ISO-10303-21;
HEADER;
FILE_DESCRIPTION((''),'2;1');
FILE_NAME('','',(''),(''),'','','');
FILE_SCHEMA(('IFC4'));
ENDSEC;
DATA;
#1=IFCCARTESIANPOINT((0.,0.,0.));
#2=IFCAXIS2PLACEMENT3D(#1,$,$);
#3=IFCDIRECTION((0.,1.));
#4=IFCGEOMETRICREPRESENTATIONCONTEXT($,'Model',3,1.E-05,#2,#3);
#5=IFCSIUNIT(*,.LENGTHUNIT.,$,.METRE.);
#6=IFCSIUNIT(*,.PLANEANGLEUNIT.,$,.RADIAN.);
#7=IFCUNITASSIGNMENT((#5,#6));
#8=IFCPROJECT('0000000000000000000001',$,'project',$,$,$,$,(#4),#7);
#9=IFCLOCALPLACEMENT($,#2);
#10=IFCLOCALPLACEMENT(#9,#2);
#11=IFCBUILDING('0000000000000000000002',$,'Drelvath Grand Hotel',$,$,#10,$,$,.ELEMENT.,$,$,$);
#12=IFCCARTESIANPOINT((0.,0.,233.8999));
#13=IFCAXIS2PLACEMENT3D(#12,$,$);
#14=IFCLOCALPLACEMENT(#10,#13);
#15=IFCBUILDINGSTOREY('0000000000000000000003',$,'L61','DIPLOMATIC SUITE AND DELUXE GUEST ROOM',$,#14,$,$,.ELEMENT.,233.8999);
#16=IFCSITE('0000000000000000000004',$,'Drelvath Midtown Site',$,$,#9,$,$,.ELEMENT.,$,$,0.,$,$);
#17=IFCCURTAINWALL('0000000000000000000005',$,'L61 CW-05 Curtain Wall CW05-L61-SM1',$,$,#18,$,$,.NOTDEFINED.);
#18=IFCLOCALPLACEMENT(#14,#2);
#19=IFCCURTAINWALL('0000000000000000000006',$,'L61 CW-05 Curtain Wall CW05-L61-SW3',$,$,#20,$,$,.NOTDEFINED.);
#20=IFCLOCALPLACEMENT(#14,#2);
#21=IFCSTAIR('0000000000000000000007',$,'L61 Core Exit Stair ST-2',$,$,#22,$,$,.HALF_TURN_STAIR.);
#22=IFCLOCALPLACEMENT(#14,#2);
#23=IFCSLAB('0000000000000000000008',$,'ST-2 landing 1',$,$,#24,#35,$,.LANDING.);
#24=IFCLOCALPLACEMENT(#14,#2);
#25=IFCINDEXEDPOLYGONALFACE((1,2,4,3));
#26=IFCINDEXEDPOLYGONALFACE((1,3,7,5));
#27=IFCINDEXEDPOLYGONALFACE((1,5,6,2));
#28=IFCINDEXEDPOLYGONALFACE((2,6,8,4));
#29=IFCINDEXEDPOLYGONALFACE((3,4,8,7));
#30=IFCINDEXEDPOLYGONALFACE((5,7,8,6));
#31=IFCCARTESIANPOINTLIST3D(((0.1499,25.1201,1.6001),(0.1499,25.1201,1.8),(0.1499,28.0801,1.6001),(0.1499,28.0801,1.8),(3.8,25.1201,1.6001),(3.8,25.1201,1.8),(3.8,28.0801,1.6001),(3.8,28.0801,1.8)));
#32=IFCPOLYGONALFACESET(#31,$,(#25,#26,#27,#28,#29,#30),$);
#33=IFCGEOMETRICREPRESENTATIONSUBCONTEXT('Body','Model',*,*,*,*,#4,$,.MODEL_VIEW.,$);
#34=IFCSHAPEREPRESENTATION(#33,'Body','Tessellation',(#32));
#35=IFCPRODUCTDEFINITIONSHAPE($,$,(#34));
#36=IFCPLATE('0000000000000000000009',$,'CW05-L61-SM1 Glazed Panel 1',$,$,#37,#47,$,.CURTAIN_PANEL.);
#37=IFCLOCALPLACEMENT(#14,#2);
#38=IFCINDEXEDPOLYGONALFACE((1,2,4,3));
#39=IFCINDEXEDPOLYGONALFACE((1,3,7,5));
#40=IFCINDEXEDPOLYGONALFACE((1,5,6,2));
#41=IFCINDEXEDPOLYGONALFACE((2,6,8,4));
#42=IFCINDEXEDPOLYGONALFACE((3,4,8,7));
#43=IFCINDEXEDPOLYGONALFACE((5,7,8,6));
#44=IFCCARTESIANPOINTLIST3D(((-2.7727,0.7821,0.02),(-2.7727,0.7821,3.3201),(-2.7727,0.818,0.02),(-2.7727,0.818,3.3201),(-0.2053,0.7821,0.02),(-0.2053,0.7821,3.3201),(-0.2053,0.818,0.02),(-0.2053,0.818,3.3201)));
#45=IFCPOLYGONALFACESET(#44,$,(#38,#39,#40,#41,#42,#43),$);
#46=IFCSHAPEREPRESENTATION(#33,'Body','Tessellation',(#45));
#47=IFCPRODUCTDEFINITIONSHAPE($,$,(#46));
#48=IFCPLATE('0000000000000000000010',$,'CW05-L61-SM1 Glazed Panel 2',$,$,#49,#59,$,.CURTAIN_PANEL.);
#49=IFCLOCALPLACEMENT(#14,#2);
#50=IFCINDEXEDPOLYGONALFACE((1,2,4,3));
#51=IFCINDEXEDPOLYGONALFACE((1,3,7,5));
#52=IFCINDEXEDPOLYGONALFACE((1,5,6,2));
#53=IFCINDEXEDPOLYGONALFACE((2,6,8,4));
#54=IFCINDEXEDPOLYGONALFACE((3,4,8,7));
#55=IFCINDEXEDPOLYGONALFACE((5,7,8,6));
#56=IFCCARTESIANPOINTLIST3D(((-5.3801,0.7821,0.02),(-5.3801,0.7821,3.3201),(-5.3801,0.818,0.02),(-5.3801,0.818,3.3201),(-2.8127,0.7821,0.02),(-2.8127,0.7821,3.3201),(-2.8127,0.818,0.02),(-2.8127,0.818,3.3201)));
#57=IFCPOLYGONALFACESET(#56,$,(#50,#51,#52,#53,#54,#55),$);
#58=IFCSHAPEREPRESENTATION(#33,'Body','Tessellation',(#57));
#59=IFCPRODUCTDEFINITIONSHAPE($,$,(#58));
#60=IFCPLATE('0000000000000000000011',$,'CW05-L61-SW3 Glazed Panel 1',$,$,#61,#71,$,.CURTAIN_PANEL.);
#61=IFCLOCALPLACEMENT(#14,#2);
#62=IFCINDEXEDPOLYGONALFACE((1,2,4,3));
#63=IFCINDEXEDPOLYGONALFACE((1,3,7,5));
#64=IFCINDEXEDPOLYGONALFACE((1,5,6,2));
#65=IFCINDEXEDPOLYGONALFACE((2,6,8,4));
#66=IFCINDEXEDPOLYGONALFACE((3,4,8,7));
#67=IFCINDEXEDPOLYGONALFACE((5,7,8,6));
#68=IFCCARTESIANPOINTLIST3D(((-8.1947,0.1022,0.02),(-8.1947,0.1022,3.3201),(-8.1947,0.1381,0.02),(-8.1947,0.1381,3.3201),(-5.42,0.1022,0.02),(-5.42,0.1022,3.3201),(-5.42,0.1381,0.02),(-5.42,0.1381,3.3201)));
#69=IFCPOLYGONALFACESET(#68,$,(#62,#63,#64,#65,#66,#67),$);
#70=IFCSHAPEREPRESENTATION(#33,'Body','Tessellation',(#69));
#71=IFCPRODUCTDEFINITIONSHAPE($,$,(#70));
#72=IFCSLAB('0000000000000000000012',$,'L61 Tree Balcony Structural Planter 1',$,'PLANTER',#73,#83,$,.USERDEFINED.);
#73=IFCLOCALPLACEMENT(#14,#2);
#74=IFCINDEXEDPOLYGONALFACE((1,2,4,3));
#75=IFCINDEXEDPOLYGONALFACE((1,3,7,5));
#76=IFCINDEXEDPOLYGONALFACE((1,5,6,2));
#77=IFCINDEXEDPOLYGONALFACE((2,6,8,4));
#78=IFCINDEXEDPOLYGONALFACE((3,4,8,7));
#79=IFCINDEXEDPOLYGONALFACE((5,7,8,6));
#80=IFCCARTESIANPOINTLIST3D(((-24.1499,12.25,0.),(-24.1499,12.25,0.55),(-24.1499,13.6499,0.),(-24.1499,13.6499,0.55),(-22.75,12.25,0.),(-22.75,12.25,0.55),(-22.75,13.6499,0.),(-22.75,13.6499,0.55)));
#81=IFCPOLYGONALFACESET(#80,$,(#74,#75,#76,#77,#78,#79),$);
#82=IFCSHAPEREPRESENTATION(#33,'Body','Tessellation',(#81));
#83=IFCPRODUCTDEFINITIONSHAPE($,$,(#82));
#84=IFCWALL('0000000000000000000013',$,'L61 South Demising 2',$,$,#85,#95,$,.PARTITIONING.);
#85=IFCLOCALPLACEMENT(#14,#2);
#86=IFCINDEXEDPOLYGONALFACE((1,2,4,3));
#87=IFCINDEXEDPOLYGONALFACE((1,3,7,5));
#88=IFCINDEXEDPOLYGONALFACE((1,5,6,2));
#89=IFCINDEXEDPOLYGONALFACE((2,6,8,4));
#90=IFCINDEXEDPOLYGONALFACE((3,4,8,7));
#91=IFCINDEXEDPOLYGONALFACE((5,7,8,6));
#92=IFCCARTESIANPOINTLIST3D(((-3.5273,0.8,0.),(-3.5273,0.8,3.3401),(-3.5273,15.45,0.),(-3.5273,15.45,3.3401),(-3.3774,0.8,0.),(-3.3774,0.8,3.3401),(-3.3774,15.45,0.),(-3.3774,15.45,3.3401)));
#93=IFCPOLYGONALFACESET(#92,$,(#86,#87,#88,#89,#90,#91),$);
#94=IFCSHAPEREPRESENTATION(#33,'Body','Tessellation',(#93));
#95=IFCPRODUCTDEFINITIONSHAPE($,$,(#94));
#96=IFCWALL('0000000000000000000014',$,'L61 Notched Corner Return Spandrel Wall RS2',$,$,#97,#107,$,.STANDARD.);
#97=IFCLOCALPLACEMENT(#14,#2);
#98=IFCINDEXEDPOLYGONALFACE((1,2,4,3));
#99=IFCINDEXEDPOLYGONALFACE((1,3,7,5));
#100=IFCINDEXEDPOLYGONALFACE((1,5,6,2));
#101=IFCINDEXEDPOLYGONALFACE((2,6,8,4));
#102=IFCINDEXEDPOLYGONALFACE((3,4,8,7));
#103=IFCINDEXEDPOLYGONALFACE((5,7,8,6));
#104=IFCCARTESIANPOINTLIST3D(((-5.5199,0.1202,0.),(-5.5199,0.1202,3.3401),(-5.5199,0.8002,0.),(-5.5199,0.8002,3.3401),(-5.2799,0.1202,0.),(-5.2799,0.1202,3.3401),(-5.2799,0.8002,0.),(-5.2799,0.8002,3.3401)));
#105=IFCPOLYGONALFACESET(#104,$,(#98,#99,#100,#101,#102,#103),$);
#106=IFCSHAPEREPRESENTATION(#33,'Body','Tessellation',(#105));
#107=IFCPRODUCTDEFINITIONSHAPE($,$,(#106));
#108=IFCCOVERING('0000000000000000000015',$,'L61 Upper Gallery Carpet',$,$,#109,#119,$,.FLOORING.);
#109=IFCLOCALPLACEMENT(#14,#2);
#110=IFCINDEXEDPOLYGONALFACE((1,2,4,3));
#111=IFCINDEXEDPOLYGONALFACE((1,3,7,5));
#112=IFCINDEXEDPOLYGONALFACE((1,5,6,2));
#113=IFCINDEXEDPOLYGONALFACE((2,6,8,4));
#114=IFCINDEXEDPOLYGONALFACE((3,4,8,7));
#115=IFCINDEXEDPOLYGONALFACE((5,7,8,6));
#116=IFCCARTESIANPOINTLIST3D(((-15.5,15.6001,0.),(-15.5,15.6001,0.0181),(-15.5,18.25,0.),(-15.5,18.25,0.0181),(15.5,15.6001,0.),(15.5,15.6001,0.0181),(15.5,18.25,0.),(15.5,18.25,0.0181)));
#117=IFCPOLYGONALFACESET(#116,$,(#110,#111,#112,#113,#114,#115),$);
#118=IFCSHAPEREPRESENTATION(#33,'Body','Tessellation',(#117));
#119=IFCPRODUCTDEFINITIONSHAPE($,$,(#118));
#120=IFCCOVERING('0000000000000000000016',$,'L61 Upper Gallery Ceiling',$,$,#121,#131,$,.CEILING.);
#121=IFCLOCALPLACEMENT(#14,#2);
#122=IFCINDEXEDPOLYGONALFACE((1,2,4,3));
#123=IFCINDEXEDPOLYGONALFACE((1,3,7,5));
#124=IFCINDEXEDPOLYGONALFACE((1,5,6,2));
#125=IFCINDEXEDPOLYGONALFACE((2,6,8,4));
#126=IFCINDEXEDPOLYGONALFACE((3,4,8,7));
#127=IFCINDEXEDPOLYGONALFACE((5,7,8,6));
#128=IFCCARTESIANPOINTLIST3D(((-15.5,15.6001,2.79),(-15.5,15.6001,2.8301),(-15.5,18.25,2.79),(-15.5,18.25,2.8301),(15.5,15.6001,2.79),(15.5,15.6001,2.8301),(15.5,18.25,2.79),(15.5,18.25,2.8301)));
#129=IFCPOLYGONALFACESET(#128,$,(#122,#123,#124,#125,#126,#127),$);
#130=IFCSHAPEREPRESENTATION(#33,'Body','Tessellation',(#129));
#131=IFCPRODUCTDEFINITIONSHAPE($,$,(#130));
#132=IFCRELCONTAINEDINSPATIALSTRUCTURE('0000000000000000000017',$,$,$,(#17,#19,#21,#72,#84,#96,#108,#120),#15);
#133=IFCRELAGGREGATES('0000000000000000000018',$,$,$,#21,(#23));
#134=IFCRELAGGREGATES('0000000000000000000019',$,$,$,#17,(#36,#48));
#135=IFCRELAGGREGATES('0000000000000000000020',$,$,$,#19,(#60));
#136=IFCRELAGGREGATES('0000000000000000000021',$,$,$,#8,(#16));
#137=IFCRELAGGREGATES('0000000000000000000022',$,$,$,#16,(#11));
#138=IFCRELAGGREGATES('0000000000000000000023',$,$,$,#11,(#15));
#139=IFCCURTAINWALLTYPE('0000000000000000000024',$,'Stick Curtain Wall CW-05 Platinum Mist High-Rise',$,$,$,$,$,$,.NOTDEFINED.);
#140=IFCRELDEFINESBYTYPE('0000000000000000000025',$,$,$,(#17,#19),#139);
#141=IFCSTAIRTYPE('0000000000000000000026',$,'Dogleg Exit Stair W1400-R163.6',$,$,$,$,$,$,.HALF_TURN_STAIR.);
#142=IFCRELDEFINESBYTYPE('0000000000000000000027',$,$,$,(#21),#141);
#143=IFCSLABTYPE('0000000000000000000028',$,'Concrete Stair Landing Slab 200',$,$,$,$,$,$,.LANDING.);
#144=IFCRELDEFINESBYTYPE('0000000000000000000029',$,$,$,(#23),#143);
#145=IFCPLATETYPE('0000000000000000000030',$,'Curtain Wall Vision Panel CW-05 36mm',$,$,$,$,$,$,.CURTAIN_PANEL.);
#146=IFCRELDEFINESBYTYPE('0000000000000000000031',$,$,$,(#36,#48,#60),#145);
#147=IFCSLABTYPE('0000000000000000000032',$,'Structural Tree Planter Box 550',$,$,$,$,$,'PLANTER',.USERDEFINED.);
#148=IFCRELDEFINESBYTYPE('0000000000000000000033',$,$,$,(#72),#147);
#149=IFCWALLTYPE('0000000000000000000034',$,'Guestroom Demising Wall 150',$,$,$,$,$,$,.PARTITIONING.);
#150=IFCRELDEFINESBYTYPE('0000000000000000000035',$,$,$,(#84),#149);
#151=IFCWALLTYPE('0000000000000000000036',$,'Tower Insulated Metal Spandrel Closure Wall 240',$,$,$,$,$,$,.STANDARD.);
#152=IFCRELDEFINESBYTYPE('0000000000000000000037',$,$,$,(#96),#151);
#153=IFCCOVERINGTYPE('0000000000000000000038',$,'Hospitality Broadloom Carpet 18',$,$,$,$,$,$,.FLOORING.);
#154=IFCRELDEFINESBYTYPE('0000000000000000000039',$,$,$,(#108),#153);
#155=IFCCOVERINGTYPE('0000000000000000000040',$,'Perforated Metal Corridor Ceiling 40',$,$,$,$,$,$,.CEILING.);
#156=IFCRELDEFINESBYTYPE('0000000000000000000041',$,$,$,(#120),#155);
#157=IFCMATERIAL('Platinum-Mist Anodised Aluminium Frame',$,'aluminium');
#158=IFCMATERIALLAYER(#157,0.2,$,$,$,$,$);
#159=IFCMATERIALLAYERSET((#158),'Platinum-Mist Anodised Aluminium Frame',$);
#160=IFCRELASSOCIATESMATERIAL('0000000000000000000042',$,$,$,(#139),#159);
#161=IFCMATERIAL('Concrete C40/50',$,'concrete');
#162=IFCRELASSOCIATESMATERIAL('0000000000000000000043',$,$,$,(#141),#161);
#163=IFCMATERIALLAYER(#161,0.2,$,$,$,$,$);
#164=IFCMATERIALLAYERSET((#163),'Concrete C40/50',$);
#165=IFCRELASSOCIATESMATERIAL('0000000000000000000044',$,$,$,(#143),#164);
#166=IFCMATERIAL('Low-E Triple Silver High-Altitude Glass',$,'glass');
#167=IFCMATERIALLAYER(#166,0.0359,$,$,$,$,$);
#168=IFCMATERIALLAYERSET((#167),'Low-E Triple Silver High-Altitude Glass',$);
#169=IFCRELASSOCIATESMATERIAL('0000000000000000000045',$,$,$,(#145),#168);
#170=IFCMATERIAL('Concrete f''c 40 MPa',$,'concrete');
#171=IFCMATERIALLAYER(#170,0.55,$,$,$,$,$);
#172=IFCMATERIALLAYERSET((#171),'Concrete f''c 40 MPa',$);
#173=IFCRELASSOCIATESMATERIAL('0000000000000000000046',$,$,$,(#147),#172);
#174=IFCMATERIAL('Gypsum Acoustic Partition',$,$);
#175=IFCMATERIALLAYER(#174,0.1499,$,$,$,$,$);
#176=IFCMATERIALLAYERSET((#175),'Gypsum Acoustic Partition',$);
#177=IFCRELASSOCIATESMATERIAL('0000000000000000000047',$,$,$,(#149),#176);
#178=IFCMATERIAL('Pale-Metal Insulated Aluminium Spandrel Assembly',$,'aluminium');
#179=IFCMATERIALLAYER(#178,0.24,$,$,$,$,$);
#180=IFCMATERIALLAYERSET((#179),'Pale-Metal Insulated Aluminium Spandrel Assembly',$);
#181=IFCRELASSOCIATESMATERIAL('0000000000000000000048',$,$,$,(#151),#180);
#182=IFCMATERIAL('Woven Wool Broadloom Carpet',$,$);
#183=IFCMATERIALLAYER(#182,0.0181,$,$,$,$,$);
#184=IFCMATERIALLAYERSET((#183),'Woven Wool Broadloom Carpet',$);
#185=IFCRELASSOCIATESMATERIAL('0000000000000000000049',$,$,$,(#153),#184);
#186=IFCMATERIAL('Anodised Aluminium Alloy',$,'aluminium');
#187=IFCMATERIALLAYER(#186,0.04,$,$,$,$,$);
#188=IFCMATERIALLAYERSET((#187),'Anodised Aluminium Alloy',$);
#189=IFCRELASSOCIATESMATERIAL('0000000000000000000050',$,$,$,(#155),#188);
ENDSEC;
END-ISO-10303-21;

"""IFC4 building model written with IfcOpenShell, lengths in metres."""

from ifc_helpers import new_model, si_unit, direction, frame, frame_2d, origin, origin_2d, place, context, subcontext, project, spatial, polyline, rectangle, outline, extrude, material, layer, layer_set, type_object, element, aggregate, save


model = new_model("IFC4")

# Units and contexts
model_context = context("Model", 3, precision=1e-05, world=origin(), true_north=direction((0.0, 1.0)))
body_context = subcontext(model_context, "Body", "Model", "MODEL_VIEW")
ifc_project = project(units=[si_unit("LENGTHUNIT", "METRE"), si_unit("PLANEANGLEUNIT", "RADIAN")], contexts=[model_context])

# Site, building, storey
site_placement = place(None, origin())
site = spatial("IfcSite", under=ifc_project, at=site_placement, Name="Drelvath Midtown Site", CompositionType="ELEMENT", RefElevation=0.0)
building_placement = place(site_placement, origin())
building = spatial("IfcBuilding", under=site, at=building_placement, Name="Drelvath Grand Hotel", CompositionType="ELEMENT")
storey_placement = place(building_placement, frame((0.0, 0.0, 233.8999)))
storey = spatial("IfcBuildingStorey", under=building, at=storey_placement, Name="L61", Description="DIPLOMATIC SUITE AND DELUXE GUEST ROOM", CompositionType="ELEMENT", Elevation=233.8999)

# Curtain walls
ifc_material_1 = material(Name="Platinum-Mist Anodised Aluminium Frame", Category="aluminium")
ifc_layer_1 = layer(ifc_material_1, 0.2)
ifc_layer_set_1 = layer_set([ifc_layer_1], Name="Platinum-Mist Anodised Aluminium Frame")
curtain_wall_type = type_object("IfcCurtainWallType", Name="Stick Curtain Wall CW-05 Platinum Mist High-Rise", PredefinedType="NOTDEFINED", material=ifc_layer_set_1)
curtain_wall_1_placement = place(storey_placement, origin())
curtain_wall_1 = element("IfcCurtainWall", 1, at=curtain_wall_1_placement, inside=storey, type_object=curtain_wall_type, Name="L61 CW-05 Curtain Wall CW05-L61-SM1", PredefinedType="NOTDEFINED")
curtain_wall_2_placement = place(storey_placement, origin())
curtain_wall_2 = element("IfcCurtainWall", 2, at=curtain_wall_2_placement, inside=storey, type_object=curtain_wall_type, Name="L61 CW-05 Curtain Wall CW05-L61-SW3", PredefinedType="NOTDEFINED")

# Shared definitions
ifc_material_2 = material(Name="Concrete f'c 40 MPa", Category="concrete")

# Stair, slab
ifc_material_3 = material(Name="Concrete C40/50", Category="concrete")
stair_type = type_object("IfcStairType", Name="Dogleg Exit Stair W1400-R163.6", PredefinedType="HALF_TURN_STAIR", material=ifc_material_3)
ifc_layer_2 = layer(ifc_material_3, 0.2)
ifc_layer_set_2 = layer_set([ifc_layer_2], Name="Concrete C40/50")
slab_type_1 = type_object("IfcSlabType", Name="Concrete Stair Landing Slab 200", PredefinedType="LANDING", material=ifc_layer_set_2)
stair_1_placement = place(storey_placement, origin())
stair_1 = element("IfcStair", 3, at=stair_1_placement, inside=storey, type_object=stair_type, Name="L61 Core Exit Stair ST-2", PredefinedType="HALF_TURN_STAIR")
slab_1_placement = place(storey_placement, frame((0.0, 0.0, 1.6001)))
slab_1 = element("IfcSlab", 4, at=slab_1_placement, type_object=slab_type_1, Name="ST-2 landing 1", PredefinedType="LANDING", context=body_context, shape_type="SweptSolid", body=[
    extrude(outline(polyline([(3.8, 28.0801), (0.1499, 28.0801), (0.1499, 25.1201), (3.8, 25.1201), (3.8, 28.0801)])), origin(), (0.0, 0.0, 1.0), 0.2),
])
aggregate(stair_1, [slab_1])

# Plates
ifc_material_4 = material(Name="Low-E Triple Silver High-Altitude Glass", Category="glass")
ifc_layer_3 = layer(ifc_material_4, 0.0359)
ifc_layer_set_3 = layer_set([ifc_layer_3], Name="Low-E Triple Silver High-Altitude Glass")
plate_type = type_object("IfcPlateType", Name="Curtain Wall Vision Panel CW-05 36mm", PredefinedType="CURTAIN_PANEL", material=ifc_layer_set_3)
plate_1_placement = place(storey_placement, frame((-1.489, 0.8, 0.02), z_axis=(0.0, 0.0, 1.0), x_axis=(-1.0, 0.0, 0.0)))
plate_1 = element("IfcPlate", 5, at=plate_1_placement, type_object=plate_type, Name="CW05-L61-SM1 Glazed Panel 1", PredefinedType="CURTAIN_PANEL", context=body_context, shape_type="SweptSolid", body=[
    extrude(rectangle(XDim=2.5674, YDim=0.0359, at=origin_2d()), origin(), (0.0, 0.0, 1.0), 3.3),
])
plate_2_placement = place(storey_placement, frame((-4.0964, 0.8, 0.02), z_axis=(0.0, 0.0, 1.0), x_axis=(-1.0, 0.0, 0.0)))
plate_2 = element("IfcPlate", 6, at=plate_2_placement, type_object=plate_type, Name="CW05-L61-SM1 Glazed Panel 2", PredefinedType="CURTAIN_PANEL", context=body_context, shape_type="SweptSolid", body=[
    extrude(rectangle(XDim=2.5674, YDim=0.0359, at=origin_2d()), origin(), (0.0, 0.0, 1.0), 3.3),
])
aggregate(curtain_wall_1, [plate_1, plate_2])
plate_3_placement = place(storey_placement, frame((-6.8074, 0.1201, 0.02), z_axis=(0.0, 0.0, 1.0), x_axis=(-1.0, 0.0, 0.0)))
plate_3 = element("IfcPlate", 7, at=plate_3_placement, type_object=plate_type, Name="CW05-L61-SW3 Glazed Panel 1", PredefinedType="CURTAIN_PANEL", context=body_context, shape_type="SweptSolid", body=[
    extrude(rectangle(XDim=2.7747, YDim=0.0359, at=origin_2d()), origin(), (0.0, 0.0, 1.0), 3.3),
])
aggregate(curtain_wall_2, [plate_3])

# Slab
ifc_layer_4 = layer(ifc_material_2, 0.55)
ifc_layer_set_4 = layer_set([ifc_layer_4], Name="Concrete f'c 40 MPa")
slab_type_2 = type_object("IfcSlabType", Name="Structural Tree Planter Box 550", ElementType="PLANTER", PredefinedType="USERDEFINED", material=ifc_layer_set_4)
slab_2_placement = place(storey_placement, origin())
element("IfcSlab", 8, at=slab_2_placement, inside=storey, type_object=slab_type_2, Name="L61 Tree Balcony Structural Planter 1", ObjectType="PLANTER", PredefinedType="USERDEFINED", context=body_context, shape_type="SweptSolid", body=[
    extrude(outline(polyline([(-24.1499, 12.25), (-22.75, 12.25), (-22.75, 13.6499), (-24.1499, 13.6499), (-24.1499, 12.25)])), origin(), (0.0, 0.0, 1.0), 0.55),
])

# Walls
ifc_material_5 = material(Name="Gypsum Acoustic Partition")
ifc_layer_5 = layer(ifc_material_5, 0.1499)
ifc_layer_set_5 = layer_set([ifc_layer_5], Name="Gypsum Acoustic Partition")
wall_type_1 = type_object("IfcWallType", Name="Guestroom Demising Wall 150", PredefinedType="PARTITIONING", material=ifc_layer_set_5)
wall_1_placement = place(storey_placement, frame((-3.4524, 0.8, 0.0), z_axis=(0.0, 0.0, 1.0), x_axis=(0.0, 1.0, 0.0)))
element("IfcWall", 9, at=wall_1_placement, inside=storey, type_object=wall_type_1, Name="L61 South Demising 2", PredefinedType="PARTITIONING", context=body_context, shape_type="SweptSolid", body=[
    extrude(rectangle(XDim=14.6499, YDim=0.1499, at=frame_2d((7.325, 0.0))), origin(), (0.0, 0.0, 1.0), 3.3401),
])
ifc_material_6 = material(Name="Pale-Metal Insulated Aluminium Spandrel Assembly", Category="aluminium")
ifc_layer_6 = layer(ifc_material_6, 0.24)
ifc_layer_set_6 = layer_set([ifc_layer_6], Name="Pale-Metal Insulated Aluminium Spandrel Assembly")
wall_type_2 = type_object("IfcWallType", Name="Tower Insulated Metal Spandrel Closure Wall 240", PredefinedType="STANDARD", material=ifc_layer_set_6)
wall_2_placement = place(storey_placement, frame((-5.3999, 0.8, 0.0), z_axis=(0.0, 0.0, 1.0), x_axis=(0.0, -1.0, 0.0)))
element("IfcWall", 10, at=wall_2_placement, inside=storey, type_object=wall_type_2, Name="L61 Notched Corner Return Spandrel Wall RS2", PredefinedType="STANDARD", context=body_context, shape_type="SweptSolid", body=[
    extrude(rectangle(XDim=0.6799, YDim=0.24, at=frame_2d((0.3398, 0.0))), origin(), (0.0, 0.0, 1.0), 3.3401),
])

# Coverings
ifc_material_7 = material(Name="Woven Wool Broadloom Carpet")
ifc_layer_7 = layer(ifc_material_7, 0.0181)
ifc_layer_set_7 = layer_set([ifc_layer_7], Name="Woven Wool Broadloom Carpet")
covering_type_1 = type_object("IfcCoveringType", Name="Hospitality Broadloom Carpet 18", PredefinedType="FLOORING", material=ifc_layer_set_7)
covering_1_placement = place(storey_placement, origin())
element("IfcCovering", 11, at=covering_1_placement, inside=storey, type_object=covering_type_1, Name="L61 Upper Gallery Carpet", PredefinedType="FLOORING", context=body_context, shape_type="SweptSolid", body=[
    extrude(outline(polyline([(15.5, 15.6001), (15.5, 18.25), (-15.5, 18.25), (-15.5, 15.6001), (15.5, 15.6001)])), origin(), (0.0, 0.0, 1.0), 0.0181),
])
ifc_material_8 = material(Name="Anodised Aluminium Alloy", Category="aluminium")
ifc_layer_8 = layer(ifc_material_8, 0.04)
ifc_layer_set_8 = layer_set([ifc_layer_8], Name="Anodised Aluminium Alloy")
covering_type_2 = type_object("IfcCoveringType", Name="Perforated Metal Corridor Ceiling 40", PredefinedType="CEILING", material=ifc_layer_set_8)
covering_2_placement = place(storey_placement, frame((0.0, 0.0, 2.79)))
element("IfcCovering", 12, at=covering_2_placement, inside=storey, type_object=covering_type_2, Name="L61 Upper Gallery Ceiling", PredefinedType="CEILING", context=body_context, shape_type="SweptSolid", body=[
    extrude(outline(polyline([(15.5, 15.6001), (15.5, 18.25), (-15.5, 18.25), (-15.5, 15.6001), (15.5, 15.6001)])), origin(), (0.0, 0.0, 1.0), 0.04),
])

save(model, "model.ifc")
